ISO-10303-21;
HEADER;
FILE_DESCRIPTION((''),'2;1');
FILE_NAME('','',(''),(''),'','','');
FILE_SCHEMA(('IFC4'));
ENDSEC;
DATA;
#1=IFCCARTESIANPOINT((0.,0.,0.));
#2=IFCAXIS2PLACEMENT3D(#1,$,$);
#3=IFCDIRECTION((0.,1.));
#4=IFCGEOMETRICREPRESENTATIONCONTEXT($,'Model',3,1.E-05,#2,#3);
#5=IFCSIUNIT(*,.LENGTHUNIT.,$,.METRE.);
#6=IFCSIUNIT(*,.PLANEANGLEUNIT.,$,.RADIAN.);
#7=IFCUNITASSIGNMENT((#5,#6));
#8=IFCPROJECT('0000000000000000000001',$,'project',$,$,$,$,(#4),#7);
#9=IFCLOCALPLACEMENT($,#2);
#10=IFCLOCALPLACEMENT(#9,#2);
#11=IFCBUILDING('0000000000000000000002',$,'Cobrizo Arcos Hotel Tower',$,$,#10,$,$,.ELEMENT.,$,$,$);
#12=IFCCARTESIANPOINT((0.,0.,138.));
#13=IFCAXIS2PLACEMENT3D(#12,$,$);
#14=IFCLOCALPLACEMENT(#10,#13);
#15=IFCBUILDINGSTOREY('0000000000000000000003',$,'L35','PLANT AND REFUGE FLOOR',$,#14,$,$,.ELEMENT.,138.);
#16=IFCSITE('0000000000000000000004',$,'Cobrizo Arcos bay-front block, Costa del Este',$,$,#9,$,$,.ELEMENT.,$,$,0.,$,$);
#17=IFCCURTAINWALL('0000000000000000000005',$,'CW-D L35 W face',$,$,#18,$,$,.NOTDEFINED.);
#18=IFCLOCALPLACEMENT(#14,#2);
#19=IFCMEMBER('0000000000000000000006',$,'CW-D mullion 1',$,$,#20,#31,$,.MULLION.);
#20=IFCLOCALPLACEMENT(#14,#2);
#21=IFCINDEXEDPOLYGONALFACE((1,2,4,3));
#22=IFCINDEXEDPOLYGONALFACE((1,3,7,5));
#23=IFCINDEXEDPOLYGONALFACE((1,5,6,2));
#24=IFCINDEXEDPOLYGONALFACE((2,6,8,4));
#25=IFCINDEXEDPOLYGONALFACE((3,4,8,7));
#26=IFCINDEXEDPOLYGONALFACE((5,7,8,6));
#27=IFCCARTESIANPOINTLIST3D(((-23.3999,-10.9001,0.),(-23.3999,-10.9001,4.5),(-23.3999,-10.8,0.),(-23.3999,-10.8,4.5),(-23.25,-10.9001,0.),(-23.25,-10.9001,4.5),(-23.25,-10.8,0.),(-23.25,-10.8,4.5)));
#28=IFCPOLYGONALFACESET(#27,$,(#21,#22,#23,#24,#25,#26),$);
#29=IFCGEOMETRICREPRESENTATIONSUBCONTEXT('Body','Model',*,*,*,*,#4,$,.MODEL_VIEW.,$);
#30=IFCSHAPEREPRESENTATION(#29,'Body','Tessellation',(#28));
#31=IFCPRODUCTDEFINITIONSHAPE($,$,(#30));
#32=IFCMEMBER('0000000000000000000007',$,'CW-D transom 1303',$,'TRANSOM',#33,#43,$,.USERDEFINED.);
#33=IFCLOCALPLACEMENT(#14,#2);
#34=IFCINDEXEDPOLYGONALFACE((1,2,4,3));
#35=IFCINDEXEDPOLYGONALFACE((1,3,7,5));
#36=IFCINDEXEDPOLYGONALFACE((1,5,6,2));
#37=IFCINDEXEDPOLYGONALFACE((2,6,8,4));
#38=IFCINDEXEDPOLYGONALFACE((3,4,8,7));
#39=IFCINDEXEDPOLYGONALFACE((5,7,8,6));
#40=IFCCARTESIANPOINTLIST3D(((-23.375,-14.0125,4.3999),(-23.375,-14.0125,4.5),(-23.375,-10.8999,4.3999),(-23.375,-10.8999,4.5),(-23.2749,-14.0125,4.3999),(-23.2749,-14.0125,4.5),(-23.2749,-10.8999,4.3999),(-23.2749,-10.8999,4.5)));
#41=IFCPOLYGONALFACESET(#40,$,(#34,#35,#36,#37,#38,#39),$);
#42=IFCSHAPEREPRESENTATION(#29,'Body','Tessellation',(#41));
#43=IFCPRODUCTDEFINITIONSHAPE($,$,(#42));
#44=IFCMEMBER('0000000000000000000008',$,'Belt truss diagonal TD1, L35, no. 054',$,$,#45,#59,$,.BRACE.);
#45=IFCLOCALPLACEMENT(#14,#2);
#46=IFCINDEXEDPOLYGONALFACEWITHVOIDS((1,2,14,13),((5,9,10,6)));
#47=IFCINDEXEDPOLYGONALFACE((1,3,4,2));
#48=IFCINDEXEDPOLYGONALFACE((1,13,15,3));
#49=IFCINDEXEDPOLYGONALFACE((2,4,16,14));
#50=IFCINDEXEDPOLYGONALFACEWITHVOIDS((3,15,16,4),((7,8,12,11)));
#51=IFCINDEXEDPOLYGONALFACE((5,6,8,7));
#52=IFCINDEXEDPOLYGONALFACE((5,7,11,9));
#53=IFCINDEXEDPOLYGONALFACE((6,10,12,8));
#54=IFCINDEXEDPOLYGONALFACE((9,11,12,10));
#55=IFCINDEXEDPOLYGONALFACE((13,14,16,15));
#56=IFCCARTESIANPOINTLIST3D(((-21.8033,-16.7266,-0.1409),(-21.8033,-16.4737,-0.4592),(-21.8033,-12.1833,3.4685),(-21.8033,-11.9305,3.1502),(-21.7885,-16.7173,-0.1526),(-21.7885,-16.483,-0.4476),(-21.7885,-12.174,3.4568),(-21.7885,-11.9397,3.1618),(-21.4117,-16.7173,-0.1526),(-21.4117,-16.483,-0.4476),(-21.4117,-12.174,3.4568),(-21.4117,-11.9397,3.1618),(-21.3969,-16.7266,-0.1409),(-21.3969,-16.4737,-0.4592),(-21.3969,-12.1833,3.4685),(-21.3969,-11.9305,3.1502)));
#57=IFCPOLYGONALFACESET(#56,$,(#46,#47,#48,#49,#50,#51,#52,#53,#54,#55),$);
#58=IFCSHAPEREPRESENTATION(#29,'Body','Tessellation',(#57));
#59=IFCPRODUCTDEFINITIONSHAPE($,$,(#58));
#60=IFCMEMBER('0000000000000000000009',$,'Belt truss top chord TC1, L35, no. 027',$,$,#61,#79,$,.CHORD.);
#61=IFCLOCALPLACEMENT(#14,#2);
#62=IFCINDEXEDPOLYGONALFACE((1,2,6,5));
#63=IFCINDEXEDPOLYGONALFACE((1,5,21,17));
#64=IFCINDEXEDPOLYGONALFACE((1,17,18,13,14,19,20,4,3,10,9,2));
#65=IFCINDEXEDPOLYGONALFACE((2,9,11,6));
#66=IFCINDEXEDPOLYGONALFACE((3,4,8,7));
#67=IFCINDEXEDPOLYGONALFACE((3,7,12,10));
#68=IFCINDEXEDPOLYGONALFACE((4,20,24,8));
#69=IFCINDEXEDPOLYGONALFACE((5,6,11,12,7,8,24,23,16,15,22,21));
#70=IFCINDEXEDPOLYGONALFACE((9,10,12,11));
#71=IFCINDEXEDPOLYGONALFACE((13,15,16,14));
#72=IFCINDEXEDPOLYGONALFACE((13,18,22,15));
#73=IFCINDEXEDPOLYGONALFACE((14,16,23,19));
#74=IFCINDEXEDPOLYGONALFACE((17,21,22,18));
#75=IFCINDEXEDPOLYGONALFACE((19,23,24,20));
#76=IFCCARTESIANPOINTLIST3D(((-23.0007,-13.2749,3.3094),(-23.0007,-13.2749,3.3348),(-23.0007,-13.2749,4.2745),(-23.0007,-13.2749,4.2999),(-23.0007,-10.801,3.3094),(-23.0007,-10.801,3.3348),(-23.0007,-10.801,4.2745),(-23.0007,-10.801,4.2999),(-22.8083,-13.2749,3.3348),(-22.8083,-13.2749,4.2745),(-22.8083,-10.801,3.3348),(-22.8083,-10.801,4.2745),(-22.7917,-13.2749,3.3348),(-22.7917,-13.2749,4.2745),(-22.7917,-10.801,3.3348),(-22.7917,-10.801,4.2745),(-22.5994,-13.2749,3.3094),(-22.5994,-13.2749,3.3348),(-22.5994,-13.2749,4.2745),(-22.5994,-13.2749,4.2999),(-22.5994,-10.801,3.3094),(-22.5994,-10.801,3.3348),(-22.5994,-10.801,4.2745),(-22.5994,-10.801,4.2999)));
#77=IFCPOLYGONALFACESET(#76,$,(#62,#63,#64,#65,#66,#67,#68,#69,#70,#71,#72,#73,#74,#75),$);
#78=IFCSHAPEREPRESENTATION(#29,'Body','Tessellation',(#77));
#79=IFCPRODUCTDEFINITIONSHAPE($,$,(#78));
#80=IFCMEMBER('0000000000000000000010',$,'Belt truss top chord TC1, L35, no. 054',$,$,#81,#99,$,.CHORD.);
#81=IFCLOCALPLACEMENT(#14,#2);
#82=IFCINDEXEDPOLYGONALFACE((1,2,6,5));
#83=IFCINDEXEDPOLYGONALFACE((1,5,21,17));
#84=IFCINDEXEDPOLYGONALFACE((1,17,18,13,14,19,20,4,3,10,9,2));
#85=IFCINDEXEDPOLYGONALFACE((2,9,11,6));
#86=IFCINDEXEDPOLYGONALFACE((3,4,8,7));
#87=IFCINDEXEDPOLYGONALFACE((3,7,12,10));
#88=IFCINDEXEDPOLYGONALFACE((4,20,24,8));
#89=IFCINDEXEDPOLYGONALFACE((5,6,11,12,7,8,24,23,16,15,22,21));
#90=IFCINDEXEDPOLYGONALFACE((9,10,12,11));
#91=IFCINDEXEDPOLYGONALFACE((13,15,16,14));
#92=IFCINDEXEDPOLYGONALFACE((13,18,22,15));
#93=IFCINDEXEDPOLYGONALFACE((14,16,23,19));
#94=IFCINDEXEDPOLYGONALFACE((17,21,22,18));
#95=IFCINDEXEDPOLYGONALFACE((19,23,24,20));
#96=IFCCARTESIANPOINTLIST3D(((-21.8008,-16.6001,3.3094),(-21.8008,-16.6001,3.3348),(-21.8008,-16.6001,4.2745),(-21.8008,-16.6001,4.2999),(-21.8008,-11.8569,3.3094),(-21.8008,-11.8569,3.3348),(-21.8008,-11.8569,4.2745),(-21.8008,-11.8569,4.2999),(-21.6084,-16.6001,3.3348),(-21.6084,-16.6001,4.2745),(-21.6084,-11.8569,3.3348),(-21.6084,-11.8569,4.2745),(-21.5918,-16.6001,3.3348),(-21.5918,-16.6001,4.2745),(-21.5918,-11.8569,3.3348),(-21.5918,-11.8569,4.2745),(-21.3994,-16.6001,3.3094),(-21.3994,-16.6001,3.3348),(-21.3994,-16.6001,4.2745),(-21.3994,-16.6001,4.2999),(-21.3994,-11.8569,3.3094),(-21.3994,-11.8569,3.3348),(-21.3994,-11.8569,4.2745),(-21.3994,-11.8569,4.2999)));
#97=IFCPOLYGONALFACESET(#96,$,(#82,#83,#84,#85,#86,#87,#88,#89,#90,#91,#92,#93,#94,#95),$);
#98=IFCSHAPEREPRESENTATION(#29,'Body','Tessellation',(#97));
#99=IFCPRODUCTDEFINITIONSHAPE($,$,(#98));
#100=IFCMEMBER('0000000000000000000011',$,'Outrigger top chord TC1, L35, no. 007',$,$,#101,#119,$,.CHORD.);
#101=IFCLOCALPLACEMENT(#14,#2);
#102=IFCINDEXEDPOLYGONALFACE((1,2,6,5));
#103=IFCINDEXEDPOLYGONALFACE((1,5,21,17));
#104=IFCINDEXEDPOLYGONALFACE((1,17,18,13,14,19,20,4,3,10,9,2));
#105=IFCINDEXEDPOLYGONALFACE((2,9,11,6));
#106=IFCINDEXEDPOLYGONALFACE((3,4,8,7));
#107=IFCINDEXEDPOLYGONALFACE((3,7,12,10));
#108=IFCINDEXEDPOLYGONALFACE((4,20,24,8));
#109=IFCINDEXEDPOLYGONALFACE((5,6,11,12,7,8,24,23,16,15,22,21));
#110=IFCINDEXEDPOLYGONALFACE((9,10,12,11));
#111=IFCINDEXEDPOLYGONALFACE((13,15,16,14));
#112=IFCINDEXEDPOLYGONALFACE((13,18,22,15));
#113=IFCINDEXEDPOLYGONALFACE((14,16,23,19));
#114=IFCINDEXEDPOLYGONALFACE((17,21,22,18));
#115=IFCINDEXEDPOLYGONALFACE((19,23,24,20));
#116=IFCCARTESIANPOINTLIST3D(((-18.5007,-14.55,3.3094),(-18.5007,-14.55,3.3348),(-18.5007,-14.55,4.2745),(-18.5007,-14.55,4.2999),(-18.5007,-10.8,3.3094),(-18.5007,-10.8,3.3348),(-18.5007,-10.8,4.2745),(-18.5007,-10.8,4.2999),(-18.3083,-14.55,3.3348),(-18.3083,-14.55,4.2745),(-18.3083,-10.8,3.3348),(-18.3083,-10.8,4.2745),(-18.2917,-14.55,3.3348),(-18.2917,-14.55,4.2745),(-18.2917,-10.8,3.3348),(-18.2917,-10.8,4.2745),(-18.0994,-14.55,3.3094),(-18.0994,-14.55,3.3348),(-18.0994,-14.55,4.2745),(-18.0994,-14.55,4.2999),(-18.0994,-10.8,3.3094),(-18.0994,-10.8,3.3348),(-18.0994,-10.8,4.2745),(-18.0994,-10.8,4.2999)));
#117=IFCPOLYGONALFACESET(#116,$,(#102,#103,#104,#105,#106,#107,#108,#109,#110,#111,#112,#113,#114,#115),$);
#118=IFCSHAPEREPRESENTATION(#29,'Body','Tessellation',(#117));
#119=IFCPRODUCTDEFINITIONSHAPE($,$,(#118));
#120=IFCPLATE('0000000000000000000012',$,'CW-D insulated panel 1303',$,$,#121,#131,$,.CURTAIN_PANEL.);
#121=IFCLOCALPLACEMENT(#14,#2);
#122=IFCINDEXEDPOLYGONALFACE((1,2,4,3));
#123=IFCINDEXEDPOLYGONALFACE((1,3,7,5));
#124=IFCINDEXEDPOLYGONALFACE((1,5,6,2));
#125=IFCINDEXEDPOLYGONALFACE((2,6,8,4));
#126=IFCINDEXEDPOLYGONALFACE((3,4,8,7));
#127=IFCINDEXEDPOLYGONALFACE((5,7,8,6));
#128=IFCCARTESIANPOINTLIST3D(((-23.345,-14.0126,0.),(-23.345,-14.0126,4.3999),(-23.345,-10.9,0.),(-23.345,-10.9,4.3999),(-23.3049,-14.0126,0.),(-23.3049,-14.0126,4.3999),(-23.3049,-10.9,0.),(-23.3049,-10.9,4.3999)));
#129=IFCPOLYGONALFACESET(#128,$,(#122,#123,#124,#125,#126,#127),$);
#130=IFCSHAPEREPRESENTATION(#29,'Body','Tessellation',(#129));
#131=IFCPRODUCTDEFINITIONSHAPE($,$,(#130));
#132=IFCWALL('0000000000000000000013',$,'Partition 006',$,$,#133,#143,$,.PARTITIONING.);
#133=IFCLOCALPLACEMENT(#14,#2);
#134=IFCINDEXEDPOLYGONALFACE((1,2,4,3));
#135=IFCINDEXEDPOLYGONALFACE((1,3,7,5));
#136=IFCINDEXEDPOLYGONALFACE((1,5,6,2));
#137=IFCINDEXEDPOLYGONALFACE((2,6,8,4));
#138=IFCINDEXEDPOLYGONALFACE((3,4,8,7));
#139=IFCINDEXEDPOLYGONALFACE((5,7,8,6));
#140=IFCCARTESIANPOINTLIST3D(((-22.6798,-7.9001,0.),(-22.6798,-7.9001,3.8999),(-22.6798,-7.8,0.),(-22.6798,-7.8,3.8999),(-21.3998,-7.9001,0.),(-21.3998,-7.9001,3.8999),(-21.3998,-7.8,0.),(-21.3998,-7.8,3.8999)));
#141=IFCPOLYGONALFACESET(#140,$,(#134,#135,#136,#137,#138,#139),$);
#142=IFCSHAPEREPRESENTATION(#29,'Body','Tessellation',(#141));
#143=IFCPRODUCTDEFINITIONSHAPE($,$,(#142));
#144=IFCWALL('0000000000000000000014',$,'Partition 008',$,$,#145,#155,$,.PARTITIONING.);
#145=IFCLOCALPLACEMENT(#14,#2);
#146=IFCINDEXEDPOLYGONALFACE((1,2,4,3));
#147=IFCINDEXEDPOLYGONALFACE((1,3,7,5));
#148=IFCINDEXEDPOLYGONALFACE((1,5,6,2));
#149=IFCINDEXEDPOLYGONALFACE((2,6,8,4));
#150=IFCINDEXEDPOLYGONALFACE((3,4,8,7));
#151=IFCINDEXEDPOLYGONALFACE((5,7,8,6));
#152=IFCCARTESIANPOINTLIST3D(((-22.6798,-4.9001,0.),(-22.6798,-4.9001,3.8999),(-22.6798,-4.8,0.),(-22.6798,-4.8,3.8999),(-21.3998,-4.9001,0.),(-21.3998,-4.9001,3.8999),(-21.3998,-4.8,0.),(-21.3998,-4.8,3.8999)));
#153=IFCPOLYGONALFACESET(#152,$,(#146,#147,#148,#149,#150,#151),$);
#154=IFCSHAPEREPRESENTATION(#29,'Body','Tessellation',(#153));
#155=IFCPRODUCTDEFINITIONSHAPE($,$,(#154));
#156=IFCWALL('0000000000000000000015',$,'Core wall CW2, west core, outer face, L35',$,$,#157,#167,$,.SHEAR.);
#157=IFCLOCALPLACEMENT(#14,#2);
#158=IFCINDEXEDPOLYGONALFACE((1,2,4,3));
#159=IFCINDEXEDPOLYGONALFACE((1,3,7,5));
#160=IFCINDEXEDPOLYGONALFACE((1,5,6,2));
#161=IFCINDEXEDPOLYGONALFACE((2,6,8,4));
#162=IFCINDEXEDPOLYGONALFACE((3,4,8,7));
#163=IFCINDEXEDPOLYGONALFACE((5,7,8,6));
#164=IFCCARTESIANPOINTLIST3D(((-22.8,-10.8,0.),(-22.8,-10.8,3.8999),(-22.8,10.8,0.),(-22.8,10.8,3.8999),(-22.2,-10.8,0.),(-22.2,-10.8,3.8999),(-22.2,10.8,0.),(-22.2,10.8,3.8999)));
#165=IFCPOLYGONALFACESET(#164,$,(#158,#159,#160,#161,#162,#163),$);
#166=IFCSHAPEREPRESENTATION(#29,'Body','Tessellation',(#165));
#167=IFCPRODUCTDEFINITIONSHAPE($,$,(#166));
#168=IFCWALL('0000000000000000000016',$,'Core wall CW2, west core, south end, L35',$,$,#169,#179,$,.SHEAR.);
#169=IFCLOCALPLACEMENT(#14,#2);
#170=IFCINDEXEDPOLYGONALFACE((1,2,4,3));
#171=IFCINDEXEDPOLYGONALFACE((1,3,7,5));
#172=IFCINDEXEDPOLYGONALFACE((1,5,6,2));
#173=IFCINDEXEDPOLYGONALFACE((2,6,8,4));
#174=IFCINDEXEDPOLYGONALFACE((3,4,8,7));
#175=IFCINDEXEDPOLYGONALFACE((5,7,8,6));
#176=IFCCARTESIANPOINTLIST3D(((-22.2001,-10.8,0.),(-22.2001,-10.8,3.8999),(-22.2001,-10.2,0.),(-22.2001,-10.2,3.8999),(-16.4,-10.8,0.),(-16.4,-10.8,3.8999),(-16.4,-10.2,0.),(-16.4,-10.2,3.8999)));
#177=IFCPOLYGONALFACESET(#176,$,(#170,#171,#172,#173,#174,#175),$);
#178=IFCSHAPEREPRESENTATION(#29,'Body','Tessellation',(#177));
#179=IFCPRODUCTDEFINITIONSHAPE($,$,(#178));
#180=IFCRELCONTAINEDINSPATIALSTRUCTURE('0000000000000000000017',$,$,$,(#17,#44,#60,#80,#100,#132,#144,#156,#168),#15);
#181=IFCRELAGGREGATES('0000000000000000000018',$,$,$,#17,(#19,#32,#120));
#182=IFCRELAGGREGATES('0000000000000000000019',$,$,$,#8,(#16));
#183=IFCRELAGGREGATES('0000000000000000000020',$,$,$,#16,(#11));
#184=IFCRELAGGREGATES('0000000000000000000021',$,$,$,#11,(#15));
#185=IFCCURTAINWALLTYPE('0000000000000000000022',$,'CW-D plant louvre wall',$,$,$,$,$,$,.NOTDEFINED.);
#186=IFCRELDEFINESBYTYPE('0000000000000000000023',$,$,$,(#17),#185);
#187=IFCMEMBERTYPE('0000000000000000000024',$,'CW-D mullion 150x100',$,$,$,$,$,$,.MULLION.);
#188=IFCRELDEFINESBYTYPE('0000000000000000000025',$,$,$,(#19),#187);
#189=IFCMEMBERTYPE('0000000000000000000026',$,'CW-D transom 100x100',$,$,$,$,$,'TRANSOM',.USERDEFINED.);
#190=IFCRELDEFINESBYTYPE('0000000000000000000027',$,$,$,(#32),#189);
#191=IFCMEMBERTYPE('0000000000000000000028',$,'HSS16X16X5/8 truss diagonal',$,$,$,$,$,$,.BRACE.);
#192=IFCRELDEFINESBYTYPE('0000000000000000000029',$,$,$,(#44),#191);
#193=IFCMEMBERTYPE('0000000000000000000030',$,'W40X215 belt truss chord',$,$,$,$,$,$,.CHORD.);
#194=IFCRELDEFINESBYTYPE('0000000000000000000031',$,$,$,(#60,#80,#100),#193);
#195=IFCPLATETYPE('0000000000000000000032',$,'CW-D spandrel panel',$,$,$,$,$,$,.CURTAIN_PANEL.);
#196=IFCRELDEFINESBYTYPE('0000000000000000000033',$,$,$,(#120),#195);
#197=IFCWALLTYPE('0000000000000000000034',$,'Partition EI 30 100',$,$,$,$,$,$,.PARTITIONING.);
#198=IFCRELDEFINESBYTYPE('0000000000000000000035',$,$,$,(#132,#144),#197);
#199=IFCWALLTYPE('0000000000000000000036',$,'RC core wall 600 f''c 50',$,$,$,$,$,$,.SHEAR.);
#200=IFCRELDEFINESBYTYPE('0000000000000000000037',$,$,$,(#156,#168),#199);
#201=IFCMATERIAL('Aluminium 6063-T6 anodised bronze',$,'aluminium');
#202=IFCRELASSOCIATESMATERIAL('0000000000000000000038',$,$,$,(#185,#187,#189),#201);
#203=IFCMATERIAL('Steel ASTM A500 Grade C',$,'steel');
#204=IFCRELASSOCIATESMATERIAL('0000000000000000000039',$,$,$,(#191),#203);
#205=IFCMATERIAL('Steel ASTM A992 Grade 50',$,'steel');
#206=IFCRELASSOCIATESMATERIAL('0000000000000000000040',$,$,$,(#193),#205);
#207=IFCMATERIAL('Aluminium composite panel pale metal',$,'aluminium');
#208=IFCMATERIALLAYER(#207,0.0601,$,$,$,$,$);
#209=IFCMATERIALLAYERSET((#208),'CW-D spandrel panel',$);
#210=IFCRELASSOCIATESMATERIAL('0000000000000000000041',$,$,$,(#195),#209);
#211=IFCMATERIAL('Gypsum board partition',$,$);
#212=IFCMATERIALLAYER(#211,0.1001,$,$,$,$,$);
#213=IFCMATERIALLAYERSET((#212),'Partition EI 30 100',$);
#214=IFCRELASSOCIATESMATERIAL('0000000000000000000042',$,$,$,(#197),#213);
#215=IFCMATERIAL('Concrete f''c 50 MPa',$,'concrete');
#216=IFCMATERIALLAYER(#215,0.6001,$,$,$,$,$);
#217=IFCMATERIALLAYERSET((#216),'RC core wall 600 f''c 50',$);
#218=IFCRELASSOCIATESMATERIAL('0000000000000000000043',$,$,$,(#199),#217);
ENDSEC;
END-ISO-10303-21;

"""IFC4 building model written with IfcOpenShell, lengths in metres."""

from ifc_helpers import new_model, si_unit, direction, frame, frame_2d, origin, origin_2d, place, context, subcontext, project, spatial, rectangle, hollow_rectangle, i_section, extrude, material, layer, layer_set, material_profile, profile_set, type_object, element, aggregate, save


model = new_model("IFC4")

# Units and contexts
model_context = context("Model", 3, precision=1e-05, world=origin(), true_north=direction((0.0, 1.0)))
body_context = subcontext(model_context, "Body", "Model", "MODEL_VIEW")
ifc_project = project(units=[si_unit("LENGTHUNIT", "METRE"), si_unit("PLANEANGLEUNIT", "RADIAN")], contexts=[model_context])

# Site, building, storey
site_placement = place(None, origin())
site = spatial("IfcSite", under=ifc_project, at=site_placement, Name="Cobrizo Arcos bay-front block, Costa del Este", CompositionType="ELEMENT", RefElevation=0.0)
building_placement = place(site_placement, origin())
building = spatial("IfcBuilding", under=site, at=building_placement, Name="Cobrizo Arcos Hotel Tower", CompositionType="ELEMENT")
storey_placement = place(building_placement, frame((0.0, 0.0, 138.0)))
storey = spatial("IfcBuildingStorey", under=building, at=storey_placement, Name="L35", Description="PLANT AND REFUGE FLOOR", CompositionType="ELEMENT", Elevation=138.0)

# Curtain wall, members
ifc_material_1 = material(Name="Aluminium 6063-T6 anodised bronze", Category="aluminium")
curtain_wall_type = type_object("IfcCurtainWallType", Name="CW-D plant louvre wall", PredefinedType="NOTDEFINED", material=ifc_material_1)
curtain_wall_placement = place(storey_placement, origin())
curtain_wall = element("IfcCurtainWall", 1, at=curtain_wall_placement, inside=storey, type_object=curtain_wall_type, Name="CW-D L35 W face", PredefinedType="NOTDEFINED")
ifc_material_profile_1 = material_profile(ifc_material_1, rectangle(XDim=0.1499, YDim=0.1001, at=origin_2d()), Name="CW-D mullion 150x100")
ifc_profile_set_1 = profile_set([ifc_material_profile_1], Name="Aluminium 6063-T6 anodised bronze")
member_type_1 = type_object("IfcMemberType", Name="CW-D mullion 150x100", PredefinedType="MULLION", material=ifc_profile_set_1)
member_1_placement = place(storey_placement, frame((-23.325, -10.8501, 0.0), z_axis=(0.0, 0.0, 1.0), x_axis=(-1.0, 0.0, 0.0)))
member_1 = element("IfcMember", 2, at=member_1_placement, type_object=member_type_1, Name="CW-D mullion 1", PredefinedType="MULLION", context=body_context, shape_type="SweptSolid", body=[
    extrude(rectangle(XDim=0.1499, YDim=0.1001, at=origin_2d()), origin(), (0.0, 0.0, 1.0), 4.5),
])
ifc_material_profile_2 = material_profile(ifc_material_1, rectangle(XDim=0.1001, YDim=0.1001, at=origin_2d()), Name="CW-D transom 100x100")
ifc_profile_set_2 = profile_set([ifc_material_profile_2], Name="Aluminium 6063-T6 anodised bronze")
member_type_2 = type_object("IfcMemberType", Name="CW-D transom 100x100", ElementType="TRANSOM", PredefinedType="USERDEFINED", material=ifc_profile_set_2)
member_2_placement = place(storey_placement, frame((-23.325, -10.8999, 4.45), z_axis=(0.0, -1.0, 0.0), x_axis=(1.0, 0.0, 0.0)))
member_2 = element("IfcMember", 3, at=member_2_placement, type_object=member_type_2, Name="CW-D transom 1303", ObjectType="TRANSOM", PredefinedType="USERDEFINED", context=body_context, shape_type="SweptSolid", body=[
    extrude(rectangle(XDim=0.1001, YDim=0.1001, at=origin_2d()), origin(), (0.0, 0.0, 1.0), 3.1125),
])

# Members
ifc_material_2 = material(Name="Steel ASTM A500 Grade C", Category="steel")
ifc_material_profile_3 = material_profile(ifc_material_2, hollow_rectangle(XDim=0.4065, YDim=0.4065, WallThickness=0.0149, at=origin_2d()), Name="HSS16X16X5/8")
ifc_profile_set_3 = profile_set([ifc_material_profile_3], Name="Steel ASTM A500 Grade C")
member_type_3 = type_object("IfcMemberType", Name="HSS16X16X5/8 truss diagonal", PredefinedType="BRACE", material=ifc_profile_set_3)
member_3_placement = place(storey_placement, frame((-21.6001, -12.0569, 3.3093), z_axis=(0.0, -0.782982, -0.622044), x_axis=(1.0, 0.0, 0.0)))
element("IfcMember", 4, at=member_3_placement, inside=storey, type_object=member_type_3, Name="Belt truss diagonal TD1, L35, no. 054", PredefinedType="BRACE", context=body_context, shape_type="SweptSolid", body=[
    extrude(hollow_rectangle(XDim=0.4065, YDim=0.4065, WallThickness=0.0149, at=origin_2d()), origin(), (0.0, 0.0, 1.0), 5.8025),
])
ifc_material_3 = material(Name="Steel ASTM A992 Grade 50", Category="steel")
ifc_material_profile_4 = material_profile(ifc_material_3, i_section(OverallWidth=0.4014, OverallDepth=0.9905, WebThickness=0.0166, FlangeThickness=0.0254, at=origin_2d()), Name="W40X215")
ifc_profile_set_4 = profile_set([ifc_material_profile_4], Name="Steel ASTM A992 Grade 50")
member_type_4 = type_object("IfcMemberType", Name="W40X215 belt truss chord", PredefinedType="CHORD", material=ifc_profile_set_4)
member_4_placement = place(storey_placement, frame((-22.8, -10.801, 3.8047), z_axis=(0.0, -1.0, 0.0), x_axis=(1.0, 0.0, 0.0)))
element("IfcMember", 5, at=member_4_placement, inside=storey, type_object=member_type_4, Name="Belt truss top chord TC1, L35, no. 027", PredefinedType="CHORD", context=body_context, shape_type="SweptSolid", body=[
    extrude(i_section(OverallWidth=0.4014, OverallDepth=0.9905, WebThickness=0.0166, FlangeThickness=0.0254, at=origin_2d()), origin(), (0.0, 0.0, 1.0), 2.4739),
])
member_5_placement = place(storey_placement, frame((-21.6001, -11.8569, 3.8047), z_axis=(0.0, -1.0, 0.0), x_axis=(1.0, 0.0, 0.0)))
element("IfcMember", 6, at=member_5_placement, inside=storey, type_object=member_type_4, Name="Belt truss top chord TC1, L35, no. 054", PredefinedType="CHORD", context=body_context, shape_type="SweptSolid", body=[
    extrude(i_section(OverallWidth=0.4014, OverallDepth=0.9905, WebThickness=0.0166, FlangeThickness=0.0254, at=origin_2d()), origin(), (0.0, 0.0, 1.0), 4.7432),
])
member_6_placement = place(storey_placement, frame((-18.3, -10.8, 3.8047), z_axis=(0.0, -1.0, 0.0), x_axis=(1.0, 0.0, 0.0)))
element("IfcMember", 7, at=member_6_placement, inside=storey, type_object=member_type_4, Name="Outrigger top chord TC1, L35, no. 007", PredefinedType="CHORD", context=body_context, shape_type="SweptSolid", body=[
    extrude(i_section(OverallWidth=0.4014, OverallDepth=0.9905, WebThickness=0.0166, FlangeThickness=0.0254, at=origin_2d()), origin(), (0.0, 0.0, 1.0), 3.75),
])

# Plate
ifc_material_4 = material(Name="Aluminium composite panel pale metal", Category="aluminium")
ifc_layer_1 = layer(ifc_material_4, 0.0601)
ifc_layer_set_1 = layer_set([ifc_layer_1], Name="CW-D spandrel panel")
plate_type = type_object("IfcPlateType", Name="CW-D spandrel panel", PredefinedType="CURTAIN_PANEL", material=ifc_layer_set_1)
plate_placement = place(storey_placement, frame((-23.325, -12.4563, 0.0), z_axis=(0.0, 0.0, 1.0), x_axis=(0.0, -1.0, 0.0)))
plate = element("IfcPlate", 8, at=plate_placement, type_object=plate_type, Name="CW-D insulated panel 1303", PredefinedType="CURTAIN_PANEL", context=body_context, shape_type="SweptSolid", body=[
    extrude(rectangle(XDim=3.1125, YDim=0.04, at=origin_2d()), origin(), (0.0, 0.0, 1.0), 4.3999),
])
aggregate(curtain_wall, [member_1, member_2, plate])

# Walls
ifc_material_5 = material(Name="Gypsum board partition")
ifc_layer_2 = layer(ifc_material_5, 0.1001)
ifc_layer_set_2 = layer_set([ifc_layer_2], Name="Partition EI 30 100")
wall_type_1 = type_object("IfcWallType", Name="Partition EI 30 100", PredefinedType="PARTITIONING", material=ifc_layer_set_2)
for number, where, z_axis, x_axis, name in (
    (9, (-22.6799, -7.8501, 0.0), (0.0, 0.0, 1.0), (1.0, 0.0, 0.0), "Partition 006"),
    (10, (-22.6799, -4.8501, 0.0), (0.0, 0.0, 1.0), (1.0, 0.0, 0.0), "Partition 008"),
):
    element("IfcWall", number, at=place(storey_placement, frame(where, z_axis=z_axis, x_axis=x_axis)), inside=storey, type_object=wall_type_1, Name=name, PredefinedType="PARTITIONING", context=body_context, shape_type="SweptSolid", body=[
        extrude(rectangle(XDim=1.28, YDim=0.1001, at=frame_2d((0.6401, 0.0))), origin(), (0.0, 0.0, 1.0), 3.8999),
    ])
ifc_material_6 = material(Name="Concrete f'c 50 MPa", Category="concrete")
ifc_layer_3 = layer(ifc_material_6, 0.6001)
ifc_layer_set_3 = layer_set([ifc_layer_3], Name="RC core wall 600 f'c 50")
wall_type_2 = type_object("IfcWallType", Name="RC core wall 600 f'c 50", PredefinedType="SHEAR", material=ifc_layer_set_3)
wall_1_placement = place(storey_placement, frame((-22.5, -10.8, 0.0), z_axis=(0.0, 0.0, 1.0), x_axis=(0.0, 1.0, 0.0)))
element("IfcWall", 11, at=wall_1_placement, inside=storey, type_object=wall_type_2, Name="Core wall CW2, west core, outer face, L35", PredefinedType="SHEAR", context=body_context, shape_type="SweptSolid", body=[
    extrude(rectangle(XDim=21.6001, YDim=0.6001, at=frame_2d((10.8, 0.0))), origin(), (0.0, 0.0, 1.0), 3.8999),
])
wall_2_placement = place(storey_placement, frame((-22.2, -10.5, 0.0), z_axis=(0.0, 0.0, 1.0), x_axis=(1.0, 0.0, 0.0)))
element("IfcWall", 12, at=wall_2_placement, inside=storey, type_object=wall_type_2, Name="Core wall CW2, west core, south end, L35", PredefinedType="SHEAR", context=body_context, shape_type="SweptSolid", body=[
    extrude(rectangle(XDim=5.8, YDim=0.6001, at=frame_2d((2.8999, 0.0))), origin(), (0.0, 0.0, 1.0), 3.8999),
])

save(model, "model.ifc")
